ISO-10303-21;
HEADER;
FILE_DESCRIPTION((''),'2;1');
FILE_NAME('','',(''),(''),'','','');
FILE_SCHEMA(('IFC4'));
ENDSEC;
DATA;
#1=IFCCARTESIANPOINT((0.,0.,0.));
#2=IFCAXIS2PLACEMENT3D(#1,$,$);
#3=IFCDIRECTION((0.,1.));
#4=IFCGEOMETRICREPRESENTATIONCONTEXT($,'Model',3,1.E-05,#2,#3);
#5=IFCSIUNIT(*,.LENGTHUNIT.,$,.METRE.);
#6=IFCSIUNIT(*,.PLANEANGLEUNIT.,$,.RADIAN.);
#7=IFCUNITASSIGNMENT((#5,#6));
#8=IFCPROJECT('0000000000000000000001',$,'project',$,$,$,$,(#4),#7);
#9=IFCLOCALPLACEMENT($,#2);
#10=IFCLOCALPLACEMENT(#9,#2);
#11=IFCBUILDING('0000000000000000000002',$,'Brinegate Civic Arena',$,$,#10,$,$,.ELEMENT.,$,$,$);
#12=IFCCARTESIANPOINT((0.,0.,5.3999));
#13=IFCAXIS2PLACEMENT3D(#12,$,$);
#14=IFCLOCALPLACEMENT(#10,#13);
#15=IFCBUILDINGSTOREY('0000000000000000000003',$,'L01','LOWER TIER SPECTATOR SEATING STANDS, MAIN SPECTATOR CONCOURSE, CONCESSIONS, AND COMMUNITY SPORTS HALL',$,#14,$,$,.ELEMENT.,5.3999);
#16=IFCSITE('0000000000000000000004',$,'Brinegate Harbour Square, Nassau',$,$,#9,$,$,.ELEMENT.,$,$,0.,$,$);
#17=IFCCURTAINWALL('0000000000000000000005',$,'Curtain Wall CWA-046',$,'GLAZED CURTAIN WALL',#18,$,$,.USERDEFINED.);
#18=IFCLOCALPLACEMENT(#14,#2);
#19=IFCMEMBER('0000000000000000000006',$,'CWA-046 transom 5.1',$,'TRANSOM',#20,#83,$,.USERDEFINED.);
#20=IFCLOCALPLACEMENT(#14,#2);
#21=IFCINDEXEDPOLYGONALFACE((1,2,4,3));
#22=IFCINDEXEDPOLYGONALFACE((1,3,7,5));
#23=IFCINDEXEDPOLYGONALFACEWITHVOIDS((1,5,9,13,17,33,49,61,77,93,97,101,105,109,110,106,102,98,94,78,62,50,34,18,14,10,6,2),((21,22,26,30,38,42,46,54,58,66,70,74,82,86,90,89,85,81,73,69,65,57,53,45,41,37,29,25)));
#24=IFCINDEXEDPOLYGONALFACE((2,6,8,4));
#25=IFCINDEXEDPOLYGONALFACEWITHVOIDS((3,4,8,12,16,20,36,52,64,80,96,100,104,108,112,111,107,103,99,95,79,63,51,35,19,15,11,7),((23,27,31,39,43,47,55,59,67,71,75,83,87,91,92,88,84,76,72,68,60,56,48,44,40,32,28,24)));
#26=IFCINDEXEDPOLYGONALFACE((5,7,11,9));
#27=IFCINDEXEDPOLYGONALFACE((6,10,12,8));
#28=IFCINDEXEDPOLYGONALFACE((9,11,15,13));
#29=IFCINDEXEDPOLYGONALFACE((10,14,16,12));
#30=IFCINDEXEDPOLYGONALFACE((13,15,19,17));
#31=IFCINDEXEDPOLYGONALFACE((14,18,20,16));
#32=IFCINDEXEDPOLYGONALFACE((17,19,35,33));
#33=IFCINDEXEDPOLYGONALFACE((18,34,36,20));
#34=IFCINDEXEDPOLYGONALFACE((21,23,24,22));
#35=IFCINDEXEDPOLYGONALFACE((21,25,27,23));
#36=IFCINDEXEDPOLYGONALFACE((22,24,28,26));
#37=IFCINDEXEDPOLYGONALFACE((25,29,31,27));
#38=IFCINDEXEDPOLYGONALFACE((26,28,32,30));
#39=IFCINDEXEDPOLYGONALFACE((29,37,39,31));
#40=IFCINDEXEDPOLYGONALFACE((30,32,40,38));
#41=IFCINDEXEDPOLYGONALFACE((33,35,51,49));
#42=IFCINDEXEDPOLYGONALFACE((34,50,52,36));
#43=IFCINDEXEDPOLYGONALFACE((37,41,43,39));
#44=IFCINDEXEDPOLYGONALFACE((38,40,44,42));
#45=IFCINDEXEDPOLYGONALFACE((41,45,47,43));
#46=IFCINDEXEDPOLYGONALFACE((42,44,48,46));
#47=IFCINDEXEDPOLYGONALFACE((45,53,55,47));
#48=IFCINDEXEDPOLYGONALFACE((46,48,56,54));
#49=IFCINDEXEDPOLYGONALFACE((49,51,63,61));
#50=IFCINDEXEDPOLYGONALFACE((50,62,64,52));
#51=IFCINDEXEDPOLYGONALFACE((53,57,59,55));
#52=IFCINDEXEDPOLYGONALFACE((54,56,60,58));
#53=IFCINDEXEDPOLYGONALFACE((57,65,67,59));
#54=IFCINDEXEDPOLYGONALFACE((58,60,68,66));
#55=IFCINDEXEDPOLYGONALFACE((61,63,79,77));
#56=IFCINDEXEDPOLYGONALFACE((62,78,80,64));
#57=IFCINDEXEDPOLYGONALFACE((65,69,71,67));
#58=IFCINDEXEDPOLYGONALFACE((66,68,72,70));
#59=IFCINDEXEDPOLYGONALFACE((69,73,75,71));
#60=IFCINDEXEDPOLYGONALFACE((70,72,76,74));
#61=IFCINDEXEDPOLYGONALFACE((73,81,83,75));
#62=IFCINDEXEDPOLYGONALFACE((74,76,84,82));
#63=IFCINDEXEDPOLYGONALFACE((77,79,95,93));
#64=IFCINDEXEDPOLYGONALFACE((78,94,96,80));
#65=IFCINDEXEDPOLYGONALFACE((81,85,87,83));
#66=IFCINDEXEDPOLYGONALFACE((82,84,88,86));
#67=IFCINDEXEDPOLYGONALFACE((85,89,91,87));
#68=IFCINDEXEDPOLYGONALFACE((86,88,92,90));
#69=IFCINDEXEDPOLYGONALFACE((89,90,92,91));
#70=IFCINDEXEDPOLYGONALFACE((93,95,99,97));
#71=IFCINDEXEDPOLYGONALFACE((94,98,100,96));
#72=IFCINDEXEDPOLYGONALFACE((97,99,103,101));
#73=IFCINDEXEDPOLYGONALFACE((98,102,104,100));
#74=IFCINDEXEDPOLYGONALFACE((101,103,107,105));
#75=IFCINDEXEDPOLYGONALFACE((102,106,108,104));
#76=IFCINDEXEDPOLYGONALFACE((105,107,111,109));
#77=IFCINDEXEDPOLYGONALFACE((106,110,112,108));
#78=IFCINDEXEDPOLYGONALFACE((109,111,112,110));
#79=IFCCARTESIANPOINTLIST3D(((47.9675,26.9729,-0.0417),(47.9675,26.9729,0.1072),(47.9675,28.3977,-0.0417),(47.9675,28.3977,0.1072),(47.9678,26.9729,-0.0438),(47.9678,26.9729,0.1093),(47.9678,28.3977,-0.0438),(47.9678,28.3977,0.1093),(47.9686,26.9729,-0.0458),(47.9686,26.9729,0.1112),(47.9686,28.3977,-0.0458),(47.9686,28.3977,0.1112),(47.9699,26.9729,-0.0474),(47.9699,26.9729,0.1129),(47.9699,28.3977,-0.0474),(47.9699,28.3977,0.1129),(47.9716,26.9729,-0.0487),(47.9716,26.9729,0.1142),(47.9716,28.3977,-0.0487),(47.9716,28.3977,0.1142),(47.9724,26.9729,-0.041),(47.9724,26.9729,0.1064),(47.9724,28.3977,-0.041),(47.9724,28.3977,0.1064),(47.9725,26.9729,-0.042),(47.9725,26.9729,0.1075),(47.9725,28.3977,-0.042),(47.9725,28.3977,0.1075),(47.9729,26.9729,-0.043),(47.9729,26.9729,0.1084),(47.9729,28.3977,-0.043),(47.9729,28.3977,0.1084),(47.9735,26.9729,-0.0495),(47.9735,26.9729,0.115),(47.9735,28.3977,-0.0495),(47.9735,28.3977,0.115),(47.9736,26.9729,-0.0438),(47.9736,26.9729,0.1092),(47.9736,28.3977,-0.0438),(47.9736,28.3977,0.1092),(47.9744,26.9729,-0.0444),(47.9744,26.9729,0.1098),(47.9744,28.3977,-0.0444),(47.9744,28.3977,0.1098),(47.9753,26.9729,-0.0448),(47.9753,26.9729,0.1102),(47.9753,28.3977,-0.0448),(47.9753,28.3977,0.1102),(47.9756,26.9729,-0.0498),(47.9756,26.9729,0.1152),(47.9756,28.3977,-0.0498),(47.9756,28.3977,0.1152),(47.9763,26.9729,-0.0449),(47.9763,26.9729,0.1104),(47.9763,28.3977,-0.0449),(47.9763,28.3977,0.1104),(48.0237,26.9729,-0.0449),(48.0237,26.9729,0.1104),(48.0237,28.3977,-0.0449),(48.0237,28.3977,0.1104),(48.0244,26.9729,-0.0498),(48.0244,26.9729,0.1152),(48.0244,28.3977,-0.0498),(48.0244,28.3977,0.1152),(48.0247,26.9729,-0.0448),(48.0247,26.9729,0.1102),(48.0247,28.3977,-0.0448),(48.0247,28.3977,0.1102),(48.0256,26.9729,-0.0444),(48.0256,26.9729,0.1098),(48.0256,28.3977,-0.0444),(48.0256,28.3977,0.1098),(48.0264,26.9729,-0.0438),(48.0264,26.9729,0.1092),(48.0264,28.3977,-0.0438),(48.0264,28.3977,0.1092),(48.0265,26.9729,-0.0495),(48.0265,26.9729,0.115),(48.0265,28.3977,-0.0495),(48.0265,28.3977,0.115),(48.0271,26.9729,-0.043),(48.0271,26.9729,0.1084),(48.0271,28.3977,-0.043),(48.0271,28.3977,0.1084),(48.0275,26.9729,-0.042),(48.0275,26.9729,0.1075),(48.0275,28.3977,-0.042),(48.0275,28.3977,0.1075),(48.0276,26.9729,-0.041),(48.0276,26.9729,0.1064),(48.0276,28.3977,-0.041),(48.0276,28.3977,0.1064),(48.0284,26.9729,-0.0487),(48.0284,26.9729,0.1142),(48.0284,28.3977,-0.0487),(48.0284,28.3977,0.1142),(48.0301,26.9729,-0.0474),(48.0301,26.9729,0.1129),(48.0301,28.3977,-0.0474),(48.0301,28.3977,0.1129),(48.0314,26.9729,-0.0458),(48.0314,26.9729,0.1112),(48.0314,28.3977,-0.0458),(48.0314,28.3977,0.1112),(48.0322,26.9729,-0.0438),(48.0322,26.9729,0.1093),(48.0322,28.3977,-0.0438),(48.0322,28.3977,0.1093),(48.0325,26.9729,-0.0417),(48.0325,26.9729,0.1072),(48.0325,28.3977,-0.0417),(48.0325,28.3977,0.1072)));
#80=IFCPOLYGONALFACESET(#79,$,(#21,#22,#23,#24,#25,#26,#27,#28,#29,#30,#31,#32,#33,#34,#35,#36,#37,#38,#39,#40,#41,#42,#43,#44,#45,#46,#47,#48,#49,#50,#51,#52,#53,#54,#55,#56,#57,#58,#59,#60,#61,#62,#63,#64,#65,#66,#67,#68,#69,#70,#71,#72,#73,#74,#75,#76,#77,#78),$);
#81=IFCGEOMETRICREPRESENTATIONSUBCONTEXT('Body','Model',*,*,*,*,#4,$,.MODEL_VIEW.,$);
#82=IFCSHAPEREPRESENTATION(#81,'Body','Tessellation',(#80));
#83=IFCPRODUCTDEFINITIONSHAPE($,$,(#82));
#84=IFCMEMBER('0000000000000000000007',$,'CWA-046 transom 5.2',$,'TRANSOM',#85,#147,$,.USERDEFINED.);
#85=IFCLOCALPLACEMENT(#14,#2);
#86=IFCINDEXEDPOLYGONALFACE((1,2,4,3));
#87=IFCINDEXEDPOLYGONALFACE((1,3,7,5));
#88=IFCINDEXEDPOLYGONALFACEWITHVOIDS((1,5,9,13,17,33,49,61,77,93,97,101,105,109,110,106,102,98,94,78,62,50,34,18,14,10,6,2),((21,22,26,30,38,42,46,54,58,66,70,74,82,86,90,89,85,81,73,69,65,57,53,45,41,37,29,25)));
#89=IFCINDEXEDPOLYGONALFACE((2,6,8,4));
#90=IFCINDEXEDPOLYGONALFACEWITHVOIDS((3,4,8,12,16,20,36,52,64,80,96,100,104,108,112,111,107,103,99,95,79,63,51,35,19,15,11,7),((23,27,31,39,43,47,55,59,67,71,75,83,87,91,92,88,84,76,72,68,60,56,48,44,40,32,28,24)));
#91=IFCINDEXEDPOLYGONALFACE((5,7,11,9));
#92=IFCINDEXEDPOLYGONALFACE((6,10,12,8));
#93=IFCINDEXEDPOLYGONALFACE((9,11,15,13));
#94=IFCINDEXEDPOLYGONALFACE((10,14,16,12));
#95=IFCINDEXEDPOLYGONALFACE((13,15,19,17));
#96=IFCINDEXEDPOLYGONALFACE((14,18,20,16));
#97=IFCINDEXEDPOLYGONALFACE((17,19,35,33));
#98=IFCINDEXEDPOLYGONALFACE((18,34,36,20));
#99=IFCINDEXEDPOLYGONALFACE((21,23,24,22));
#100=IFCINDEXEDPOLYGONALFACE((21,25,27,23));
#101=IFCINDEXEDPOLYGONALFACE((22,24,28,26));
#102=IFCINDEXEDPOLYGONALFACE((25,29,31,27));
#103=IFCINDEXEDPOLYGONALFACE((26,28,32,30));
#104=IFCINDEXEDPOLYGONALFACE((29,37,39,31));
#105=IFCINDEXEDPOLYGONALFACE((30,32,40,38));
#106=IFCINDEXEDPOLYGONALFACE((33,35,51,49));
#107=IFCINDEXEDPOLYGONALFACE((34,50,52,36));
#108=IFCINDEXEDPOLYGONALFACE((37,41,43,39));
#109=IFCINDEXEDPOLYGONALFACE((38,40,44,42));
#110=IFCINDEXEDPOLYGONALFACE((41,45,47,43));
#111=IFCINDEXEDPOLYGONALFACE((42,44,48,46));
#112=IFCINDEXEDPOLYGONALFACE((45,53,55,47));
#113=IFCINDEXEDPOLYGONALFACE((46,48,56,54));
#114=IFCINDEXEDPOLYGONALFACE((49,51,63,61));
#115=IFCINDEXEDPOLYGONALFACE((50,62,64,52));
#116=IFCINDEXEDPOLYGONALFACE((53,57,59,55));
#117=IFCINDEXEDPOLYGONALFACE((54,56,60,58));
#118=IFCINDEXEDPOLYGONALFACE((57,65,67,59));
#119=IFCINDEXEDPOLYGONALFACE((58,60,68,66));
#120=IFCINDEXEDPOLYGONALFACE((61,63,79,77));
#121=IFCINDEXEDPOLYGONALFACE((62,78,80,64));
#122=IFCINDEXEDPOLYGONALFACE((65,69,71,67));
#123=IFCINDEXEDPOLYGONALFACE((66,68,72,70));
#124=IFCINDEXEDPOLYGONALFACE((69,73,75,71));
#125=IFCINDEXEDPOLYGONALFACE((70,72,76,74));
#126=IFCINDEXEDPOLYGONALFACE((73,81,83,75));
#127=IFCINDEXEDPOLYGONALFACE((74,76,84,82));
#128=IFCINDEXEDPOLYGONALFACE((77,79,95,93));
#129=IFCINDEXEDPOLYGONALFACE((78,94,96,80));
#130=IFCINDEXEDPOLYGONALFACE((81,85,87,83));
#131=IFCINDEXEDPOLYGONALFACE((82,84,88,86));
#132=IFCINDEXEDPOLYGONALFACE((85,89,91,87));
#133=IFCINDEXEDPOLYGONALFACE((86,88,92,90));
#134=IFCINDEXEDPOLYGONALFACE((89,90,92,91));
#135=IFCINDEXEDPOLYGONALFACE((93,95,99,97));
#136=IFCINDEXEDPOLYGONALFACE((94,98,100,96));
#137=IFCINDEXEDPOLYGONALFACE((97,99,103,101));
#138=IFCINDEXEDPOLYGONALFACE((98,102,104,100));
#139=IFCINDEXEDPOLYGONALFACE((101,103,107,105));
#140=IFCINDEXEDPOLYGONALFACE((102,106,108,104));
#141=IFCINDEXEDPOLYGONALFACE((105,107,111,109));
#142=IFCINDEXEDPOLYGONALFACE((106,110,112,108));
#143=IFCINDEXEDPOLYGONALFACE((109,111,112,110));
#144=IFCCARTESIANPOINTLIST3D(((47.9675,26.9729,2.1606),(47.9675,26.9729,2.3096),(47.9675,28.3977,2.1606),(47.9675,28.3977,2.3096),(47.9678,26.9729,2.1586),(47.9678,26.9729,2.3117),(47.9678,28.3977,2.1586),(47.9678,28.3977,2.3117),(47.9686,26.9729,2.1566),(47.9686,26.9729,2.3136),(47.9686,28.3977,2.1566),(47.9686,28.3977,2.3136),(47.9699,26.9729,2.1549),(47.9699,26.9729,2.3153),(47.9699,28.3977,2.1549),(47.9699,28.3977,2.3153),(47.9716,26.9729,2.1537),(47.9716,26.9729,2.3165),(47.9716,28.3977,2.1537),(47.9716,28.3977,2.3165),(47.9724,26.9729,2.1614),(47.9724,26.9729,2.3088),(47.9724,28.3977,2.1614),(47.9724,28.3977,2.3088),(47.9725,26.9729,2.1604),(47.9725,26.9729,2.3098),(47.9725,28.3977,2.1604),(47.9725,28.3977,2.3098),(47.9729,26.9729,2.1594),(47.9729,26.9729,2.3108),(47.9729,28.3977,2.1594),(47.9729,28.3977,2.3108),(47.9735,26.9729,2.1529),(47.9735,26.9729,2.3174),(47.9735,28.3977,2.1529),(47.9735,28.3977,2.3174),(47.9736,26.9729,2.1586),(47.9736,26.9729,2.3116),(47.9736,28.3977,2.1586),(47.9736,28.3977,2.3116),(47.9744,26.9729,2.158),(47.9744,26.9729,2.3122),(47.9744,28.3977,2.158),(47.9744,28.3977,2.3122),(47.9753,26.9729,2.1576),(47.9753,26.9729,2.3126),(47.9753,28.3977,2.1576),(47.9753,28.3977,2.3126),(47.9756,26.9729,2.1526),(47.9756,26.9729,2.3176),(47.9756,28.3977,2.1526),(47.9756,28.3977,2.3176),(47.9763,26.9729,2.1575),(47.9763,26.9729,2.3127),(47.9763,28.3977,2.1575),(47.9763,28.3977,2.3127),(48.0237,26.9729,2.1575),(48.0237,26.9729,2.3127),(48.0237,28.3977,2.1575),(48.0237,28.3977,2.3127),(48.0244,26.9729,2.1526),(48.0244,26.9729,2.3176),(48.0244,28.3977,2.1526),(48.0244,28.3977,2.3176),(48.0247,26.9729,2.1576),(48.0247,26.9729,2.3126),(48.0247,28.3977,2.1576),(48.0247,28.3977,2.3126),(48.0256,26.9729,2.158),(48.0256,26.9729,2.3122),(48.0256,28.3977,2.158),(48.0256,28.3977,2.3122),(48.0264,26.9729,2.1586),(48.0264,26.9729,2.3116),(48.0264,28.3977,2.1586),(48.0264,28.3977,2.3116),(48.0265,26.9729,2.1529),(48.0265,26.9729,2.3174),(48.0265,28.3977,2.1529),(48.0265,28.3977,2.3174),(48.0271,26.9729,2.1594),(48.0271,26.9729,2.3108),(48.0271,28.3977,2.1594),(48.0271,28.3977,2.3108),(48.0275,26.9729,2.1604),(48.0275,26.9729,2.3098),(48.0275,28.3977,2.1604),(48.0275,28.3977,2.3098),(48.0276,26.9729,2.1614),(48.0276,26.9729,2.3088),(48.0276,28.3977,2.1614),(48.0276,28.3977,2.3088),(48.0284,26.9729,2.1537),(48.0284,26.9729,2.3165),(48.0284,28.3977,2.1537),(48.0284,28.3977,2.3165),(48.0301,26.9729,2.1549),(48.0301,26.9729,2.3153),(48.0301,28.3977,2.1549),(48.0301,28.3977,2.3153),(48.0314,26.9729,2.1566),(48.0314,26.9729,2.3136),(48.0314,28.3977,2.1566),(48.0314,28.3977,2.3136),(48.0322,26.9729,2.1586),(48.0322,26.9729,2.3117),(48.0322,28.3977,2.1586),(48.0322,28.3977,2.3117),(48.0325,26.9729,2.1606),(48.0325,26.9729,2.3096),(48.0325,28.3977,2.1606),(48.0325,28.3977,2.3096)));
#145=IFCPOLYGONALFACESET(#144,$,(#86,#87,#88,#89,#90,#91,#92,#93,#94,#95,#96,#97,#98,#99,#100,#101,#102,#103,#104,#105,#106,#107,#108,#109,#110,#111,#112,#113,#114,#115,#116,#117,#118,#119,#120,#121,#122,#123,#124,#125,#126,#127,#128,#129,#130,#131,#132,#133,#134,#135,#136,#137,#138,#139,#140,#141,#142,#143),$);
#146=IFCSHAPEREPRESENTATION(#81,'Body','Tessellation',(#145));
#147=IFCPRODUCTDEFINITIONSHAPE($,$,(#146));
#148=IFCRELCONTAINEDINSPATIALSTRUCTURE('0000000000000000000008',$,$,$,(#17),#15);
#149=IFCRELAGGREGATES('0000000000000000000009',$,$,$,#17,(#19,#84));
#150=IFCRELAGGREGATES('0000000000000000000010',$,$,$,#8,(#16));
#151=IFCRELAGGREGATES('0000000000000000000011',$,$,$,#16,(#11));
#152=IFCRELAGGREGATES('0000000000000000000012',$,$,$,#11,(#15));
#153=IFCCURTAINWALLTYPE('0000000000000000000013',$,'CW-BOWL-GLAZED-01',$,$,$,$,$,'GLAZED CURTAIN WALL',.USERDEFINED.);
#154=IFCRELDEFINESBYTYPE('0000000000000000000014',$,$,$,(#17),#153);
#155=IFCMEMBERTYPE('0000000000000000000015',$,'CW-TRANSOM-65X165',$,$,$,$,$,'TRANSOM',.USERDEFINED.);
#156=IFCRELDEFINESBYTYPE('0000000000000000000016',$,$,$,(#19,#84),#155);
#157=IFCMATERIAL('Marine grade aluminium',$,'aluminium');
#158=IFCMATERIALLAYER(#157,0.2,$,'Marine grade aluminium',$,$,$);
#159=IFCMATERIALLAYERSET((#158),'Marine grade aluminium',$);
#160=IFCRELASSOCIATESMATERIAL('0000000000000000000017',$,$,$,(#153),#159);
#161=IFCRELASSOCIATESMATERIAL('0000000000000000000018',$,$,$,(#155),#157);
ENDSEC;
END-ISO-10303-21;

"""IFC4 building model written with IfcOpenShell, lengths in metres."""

from ifc_helpers import new_model, si_unit, direction, frame, origin, origin_2d, place, context, subcontext, project, spatial, hollow_rectangle, extrude, material, layer, layer_set, material_profile, profile_set, type_object, element, aggregate, save


model = new_model("IFC4")

# Units and contexts
model_context = context("Model", 3, precision=1e-05, world=origin(), true_north=direction((0.0, 1.0)))
body_context = subcontext(model_context, "Body", "Model", "MODEL_VIEW")
ifc_project = project(units=[si_unit("LENGTHUNIT", "METRE"), si_unit("PLANEANGLEUNIT", "RADIAN")], contexts=[model_context])

# Site, building, storey
site_placement = place(None, origin())
site = spatial("IfcSite", under=ifc_project, at=site_placement, Name="Brinegate Harbour Square, Nassau", CompositionType="ELEMENT", RefElevation=0.0)
building_placement = place(site_placement, origin())
building = spatial("IfcBuilding", under=site, at=building_placement, Name="Brinegate Civic Arena", CompositionType="ELEMENT")
storey_placement = place(building_placement, frame((0.0, 0.0, 5.3999)))
storey = spatial("IfcBuildingStorey", under=building, at=storey_placement, Name="L01", Description="LOWER TIER SPECTATOR SEATING STANDS, MAIN SPECTATOR CONCOURSE, CONCESSIONS, AND COMMUNITY SPORTS HALL", CompositionType="ELEMENT", Elevation=5.3999)

# Curtain wall, members
ifc_material_1 = material(Name="Marine grade aluminium", Category="aluminium")
ifc_layer_1 = layer(ifc_material_1, 0.2, Name="Marine grade aluminium")
ifc_layer_set_1 = layer_set([ifc_layer_1], Name="Marine grade aluminium")
curtain_wall_type = type_object("IfcCurtainWallType", Name="CW-BOWL-GLAZED-01", ElementType="GLAZED CURTAIN WALL", PredefinedType="USERDEFINED", material=ifc_layer_set_1)
curtain_wall_placement = place(storey_placement, origin())
curtain_wall = element("IfcCurtainWall", 1, at=curtain_wall_placement, inside=storey, type_object=curtain_wall_type, Name="Curtain Wall CWA-046", ObjectType="GLAZED CURTAIN WALL", PredefinedType="USERDEFINED")
ifc_material_profile_1 = material_profile(ifc_material_1, hollow_rectangle(XDim=0.0649, YDim=0.165, WallThickness=0.0049, InnerFilletRadius=0.0039, OuterFilletRadius=0.0081, at=origin_2d()), Name="TRN65X165")
ifc_profile_set_1 = profile_set([ifc_material_profile_1], Name="Marine grade aluminium")
member_type_1 = type_object("IfcMemberType", Name="CW-TRANSOM-65X165", ElementType="TRANSOM", PredefinedType="USERDEFINED", material=ifc_profile_set_1)
member_1_placement = place(storey_placement, frame((48.0, 26.9729, 0.0327), z_axis=(0.0, 1.0, 0.0), x_axis=(-1.0, 0.0, 0.0)))
member_1 = element("IfcMember", 2, at=member_1_placement, type_object=member_type_1, Name="CWA-046 transom 5.1", ObjectType="TRANSOM", PredefinedType="USERDEFINED", context=body_context, shape_type="SweptSolid", body=[
    extrude(hollow_rectangle(XDim=0.0649, YDim=0.165, WallThickness=0.0049, InnerFilletRadius=0.0039, OuterFilletRadius=0.0081, at=origin_2d()), origin(), (0.0, 0.0, 1.0), 1.4248),
])
member_2_placement = place(storey_placement, frame((48.0, 26.9729, 2.2351), z_axis=(0.0, 1.0, 0.0), x_axis=(-1.0, 0.0, 0.0)))
member_2 = element("IfcMember", 3, at=member_2_placement, type_object=member_type_1, Name="CWA-046 transom 5.2", ObjectType="TRANSOM", PredefinedType="USERDEFINED", context=body_context, shape_type="SweptSolid", body=[
    extrude(hollow_rectangle(XDim=0.0649, YDim=0.165, WallThickness=0.0049, InnerFilletRadius=0.0039, OuterFilletRadius=0.0081, at=origin_2d()), origin(), (0.0, 0.0, 1.0), 1.4248),
])

aggregate(curtain_wall, [member_1, member_2])

save(model, "model.ifc")
